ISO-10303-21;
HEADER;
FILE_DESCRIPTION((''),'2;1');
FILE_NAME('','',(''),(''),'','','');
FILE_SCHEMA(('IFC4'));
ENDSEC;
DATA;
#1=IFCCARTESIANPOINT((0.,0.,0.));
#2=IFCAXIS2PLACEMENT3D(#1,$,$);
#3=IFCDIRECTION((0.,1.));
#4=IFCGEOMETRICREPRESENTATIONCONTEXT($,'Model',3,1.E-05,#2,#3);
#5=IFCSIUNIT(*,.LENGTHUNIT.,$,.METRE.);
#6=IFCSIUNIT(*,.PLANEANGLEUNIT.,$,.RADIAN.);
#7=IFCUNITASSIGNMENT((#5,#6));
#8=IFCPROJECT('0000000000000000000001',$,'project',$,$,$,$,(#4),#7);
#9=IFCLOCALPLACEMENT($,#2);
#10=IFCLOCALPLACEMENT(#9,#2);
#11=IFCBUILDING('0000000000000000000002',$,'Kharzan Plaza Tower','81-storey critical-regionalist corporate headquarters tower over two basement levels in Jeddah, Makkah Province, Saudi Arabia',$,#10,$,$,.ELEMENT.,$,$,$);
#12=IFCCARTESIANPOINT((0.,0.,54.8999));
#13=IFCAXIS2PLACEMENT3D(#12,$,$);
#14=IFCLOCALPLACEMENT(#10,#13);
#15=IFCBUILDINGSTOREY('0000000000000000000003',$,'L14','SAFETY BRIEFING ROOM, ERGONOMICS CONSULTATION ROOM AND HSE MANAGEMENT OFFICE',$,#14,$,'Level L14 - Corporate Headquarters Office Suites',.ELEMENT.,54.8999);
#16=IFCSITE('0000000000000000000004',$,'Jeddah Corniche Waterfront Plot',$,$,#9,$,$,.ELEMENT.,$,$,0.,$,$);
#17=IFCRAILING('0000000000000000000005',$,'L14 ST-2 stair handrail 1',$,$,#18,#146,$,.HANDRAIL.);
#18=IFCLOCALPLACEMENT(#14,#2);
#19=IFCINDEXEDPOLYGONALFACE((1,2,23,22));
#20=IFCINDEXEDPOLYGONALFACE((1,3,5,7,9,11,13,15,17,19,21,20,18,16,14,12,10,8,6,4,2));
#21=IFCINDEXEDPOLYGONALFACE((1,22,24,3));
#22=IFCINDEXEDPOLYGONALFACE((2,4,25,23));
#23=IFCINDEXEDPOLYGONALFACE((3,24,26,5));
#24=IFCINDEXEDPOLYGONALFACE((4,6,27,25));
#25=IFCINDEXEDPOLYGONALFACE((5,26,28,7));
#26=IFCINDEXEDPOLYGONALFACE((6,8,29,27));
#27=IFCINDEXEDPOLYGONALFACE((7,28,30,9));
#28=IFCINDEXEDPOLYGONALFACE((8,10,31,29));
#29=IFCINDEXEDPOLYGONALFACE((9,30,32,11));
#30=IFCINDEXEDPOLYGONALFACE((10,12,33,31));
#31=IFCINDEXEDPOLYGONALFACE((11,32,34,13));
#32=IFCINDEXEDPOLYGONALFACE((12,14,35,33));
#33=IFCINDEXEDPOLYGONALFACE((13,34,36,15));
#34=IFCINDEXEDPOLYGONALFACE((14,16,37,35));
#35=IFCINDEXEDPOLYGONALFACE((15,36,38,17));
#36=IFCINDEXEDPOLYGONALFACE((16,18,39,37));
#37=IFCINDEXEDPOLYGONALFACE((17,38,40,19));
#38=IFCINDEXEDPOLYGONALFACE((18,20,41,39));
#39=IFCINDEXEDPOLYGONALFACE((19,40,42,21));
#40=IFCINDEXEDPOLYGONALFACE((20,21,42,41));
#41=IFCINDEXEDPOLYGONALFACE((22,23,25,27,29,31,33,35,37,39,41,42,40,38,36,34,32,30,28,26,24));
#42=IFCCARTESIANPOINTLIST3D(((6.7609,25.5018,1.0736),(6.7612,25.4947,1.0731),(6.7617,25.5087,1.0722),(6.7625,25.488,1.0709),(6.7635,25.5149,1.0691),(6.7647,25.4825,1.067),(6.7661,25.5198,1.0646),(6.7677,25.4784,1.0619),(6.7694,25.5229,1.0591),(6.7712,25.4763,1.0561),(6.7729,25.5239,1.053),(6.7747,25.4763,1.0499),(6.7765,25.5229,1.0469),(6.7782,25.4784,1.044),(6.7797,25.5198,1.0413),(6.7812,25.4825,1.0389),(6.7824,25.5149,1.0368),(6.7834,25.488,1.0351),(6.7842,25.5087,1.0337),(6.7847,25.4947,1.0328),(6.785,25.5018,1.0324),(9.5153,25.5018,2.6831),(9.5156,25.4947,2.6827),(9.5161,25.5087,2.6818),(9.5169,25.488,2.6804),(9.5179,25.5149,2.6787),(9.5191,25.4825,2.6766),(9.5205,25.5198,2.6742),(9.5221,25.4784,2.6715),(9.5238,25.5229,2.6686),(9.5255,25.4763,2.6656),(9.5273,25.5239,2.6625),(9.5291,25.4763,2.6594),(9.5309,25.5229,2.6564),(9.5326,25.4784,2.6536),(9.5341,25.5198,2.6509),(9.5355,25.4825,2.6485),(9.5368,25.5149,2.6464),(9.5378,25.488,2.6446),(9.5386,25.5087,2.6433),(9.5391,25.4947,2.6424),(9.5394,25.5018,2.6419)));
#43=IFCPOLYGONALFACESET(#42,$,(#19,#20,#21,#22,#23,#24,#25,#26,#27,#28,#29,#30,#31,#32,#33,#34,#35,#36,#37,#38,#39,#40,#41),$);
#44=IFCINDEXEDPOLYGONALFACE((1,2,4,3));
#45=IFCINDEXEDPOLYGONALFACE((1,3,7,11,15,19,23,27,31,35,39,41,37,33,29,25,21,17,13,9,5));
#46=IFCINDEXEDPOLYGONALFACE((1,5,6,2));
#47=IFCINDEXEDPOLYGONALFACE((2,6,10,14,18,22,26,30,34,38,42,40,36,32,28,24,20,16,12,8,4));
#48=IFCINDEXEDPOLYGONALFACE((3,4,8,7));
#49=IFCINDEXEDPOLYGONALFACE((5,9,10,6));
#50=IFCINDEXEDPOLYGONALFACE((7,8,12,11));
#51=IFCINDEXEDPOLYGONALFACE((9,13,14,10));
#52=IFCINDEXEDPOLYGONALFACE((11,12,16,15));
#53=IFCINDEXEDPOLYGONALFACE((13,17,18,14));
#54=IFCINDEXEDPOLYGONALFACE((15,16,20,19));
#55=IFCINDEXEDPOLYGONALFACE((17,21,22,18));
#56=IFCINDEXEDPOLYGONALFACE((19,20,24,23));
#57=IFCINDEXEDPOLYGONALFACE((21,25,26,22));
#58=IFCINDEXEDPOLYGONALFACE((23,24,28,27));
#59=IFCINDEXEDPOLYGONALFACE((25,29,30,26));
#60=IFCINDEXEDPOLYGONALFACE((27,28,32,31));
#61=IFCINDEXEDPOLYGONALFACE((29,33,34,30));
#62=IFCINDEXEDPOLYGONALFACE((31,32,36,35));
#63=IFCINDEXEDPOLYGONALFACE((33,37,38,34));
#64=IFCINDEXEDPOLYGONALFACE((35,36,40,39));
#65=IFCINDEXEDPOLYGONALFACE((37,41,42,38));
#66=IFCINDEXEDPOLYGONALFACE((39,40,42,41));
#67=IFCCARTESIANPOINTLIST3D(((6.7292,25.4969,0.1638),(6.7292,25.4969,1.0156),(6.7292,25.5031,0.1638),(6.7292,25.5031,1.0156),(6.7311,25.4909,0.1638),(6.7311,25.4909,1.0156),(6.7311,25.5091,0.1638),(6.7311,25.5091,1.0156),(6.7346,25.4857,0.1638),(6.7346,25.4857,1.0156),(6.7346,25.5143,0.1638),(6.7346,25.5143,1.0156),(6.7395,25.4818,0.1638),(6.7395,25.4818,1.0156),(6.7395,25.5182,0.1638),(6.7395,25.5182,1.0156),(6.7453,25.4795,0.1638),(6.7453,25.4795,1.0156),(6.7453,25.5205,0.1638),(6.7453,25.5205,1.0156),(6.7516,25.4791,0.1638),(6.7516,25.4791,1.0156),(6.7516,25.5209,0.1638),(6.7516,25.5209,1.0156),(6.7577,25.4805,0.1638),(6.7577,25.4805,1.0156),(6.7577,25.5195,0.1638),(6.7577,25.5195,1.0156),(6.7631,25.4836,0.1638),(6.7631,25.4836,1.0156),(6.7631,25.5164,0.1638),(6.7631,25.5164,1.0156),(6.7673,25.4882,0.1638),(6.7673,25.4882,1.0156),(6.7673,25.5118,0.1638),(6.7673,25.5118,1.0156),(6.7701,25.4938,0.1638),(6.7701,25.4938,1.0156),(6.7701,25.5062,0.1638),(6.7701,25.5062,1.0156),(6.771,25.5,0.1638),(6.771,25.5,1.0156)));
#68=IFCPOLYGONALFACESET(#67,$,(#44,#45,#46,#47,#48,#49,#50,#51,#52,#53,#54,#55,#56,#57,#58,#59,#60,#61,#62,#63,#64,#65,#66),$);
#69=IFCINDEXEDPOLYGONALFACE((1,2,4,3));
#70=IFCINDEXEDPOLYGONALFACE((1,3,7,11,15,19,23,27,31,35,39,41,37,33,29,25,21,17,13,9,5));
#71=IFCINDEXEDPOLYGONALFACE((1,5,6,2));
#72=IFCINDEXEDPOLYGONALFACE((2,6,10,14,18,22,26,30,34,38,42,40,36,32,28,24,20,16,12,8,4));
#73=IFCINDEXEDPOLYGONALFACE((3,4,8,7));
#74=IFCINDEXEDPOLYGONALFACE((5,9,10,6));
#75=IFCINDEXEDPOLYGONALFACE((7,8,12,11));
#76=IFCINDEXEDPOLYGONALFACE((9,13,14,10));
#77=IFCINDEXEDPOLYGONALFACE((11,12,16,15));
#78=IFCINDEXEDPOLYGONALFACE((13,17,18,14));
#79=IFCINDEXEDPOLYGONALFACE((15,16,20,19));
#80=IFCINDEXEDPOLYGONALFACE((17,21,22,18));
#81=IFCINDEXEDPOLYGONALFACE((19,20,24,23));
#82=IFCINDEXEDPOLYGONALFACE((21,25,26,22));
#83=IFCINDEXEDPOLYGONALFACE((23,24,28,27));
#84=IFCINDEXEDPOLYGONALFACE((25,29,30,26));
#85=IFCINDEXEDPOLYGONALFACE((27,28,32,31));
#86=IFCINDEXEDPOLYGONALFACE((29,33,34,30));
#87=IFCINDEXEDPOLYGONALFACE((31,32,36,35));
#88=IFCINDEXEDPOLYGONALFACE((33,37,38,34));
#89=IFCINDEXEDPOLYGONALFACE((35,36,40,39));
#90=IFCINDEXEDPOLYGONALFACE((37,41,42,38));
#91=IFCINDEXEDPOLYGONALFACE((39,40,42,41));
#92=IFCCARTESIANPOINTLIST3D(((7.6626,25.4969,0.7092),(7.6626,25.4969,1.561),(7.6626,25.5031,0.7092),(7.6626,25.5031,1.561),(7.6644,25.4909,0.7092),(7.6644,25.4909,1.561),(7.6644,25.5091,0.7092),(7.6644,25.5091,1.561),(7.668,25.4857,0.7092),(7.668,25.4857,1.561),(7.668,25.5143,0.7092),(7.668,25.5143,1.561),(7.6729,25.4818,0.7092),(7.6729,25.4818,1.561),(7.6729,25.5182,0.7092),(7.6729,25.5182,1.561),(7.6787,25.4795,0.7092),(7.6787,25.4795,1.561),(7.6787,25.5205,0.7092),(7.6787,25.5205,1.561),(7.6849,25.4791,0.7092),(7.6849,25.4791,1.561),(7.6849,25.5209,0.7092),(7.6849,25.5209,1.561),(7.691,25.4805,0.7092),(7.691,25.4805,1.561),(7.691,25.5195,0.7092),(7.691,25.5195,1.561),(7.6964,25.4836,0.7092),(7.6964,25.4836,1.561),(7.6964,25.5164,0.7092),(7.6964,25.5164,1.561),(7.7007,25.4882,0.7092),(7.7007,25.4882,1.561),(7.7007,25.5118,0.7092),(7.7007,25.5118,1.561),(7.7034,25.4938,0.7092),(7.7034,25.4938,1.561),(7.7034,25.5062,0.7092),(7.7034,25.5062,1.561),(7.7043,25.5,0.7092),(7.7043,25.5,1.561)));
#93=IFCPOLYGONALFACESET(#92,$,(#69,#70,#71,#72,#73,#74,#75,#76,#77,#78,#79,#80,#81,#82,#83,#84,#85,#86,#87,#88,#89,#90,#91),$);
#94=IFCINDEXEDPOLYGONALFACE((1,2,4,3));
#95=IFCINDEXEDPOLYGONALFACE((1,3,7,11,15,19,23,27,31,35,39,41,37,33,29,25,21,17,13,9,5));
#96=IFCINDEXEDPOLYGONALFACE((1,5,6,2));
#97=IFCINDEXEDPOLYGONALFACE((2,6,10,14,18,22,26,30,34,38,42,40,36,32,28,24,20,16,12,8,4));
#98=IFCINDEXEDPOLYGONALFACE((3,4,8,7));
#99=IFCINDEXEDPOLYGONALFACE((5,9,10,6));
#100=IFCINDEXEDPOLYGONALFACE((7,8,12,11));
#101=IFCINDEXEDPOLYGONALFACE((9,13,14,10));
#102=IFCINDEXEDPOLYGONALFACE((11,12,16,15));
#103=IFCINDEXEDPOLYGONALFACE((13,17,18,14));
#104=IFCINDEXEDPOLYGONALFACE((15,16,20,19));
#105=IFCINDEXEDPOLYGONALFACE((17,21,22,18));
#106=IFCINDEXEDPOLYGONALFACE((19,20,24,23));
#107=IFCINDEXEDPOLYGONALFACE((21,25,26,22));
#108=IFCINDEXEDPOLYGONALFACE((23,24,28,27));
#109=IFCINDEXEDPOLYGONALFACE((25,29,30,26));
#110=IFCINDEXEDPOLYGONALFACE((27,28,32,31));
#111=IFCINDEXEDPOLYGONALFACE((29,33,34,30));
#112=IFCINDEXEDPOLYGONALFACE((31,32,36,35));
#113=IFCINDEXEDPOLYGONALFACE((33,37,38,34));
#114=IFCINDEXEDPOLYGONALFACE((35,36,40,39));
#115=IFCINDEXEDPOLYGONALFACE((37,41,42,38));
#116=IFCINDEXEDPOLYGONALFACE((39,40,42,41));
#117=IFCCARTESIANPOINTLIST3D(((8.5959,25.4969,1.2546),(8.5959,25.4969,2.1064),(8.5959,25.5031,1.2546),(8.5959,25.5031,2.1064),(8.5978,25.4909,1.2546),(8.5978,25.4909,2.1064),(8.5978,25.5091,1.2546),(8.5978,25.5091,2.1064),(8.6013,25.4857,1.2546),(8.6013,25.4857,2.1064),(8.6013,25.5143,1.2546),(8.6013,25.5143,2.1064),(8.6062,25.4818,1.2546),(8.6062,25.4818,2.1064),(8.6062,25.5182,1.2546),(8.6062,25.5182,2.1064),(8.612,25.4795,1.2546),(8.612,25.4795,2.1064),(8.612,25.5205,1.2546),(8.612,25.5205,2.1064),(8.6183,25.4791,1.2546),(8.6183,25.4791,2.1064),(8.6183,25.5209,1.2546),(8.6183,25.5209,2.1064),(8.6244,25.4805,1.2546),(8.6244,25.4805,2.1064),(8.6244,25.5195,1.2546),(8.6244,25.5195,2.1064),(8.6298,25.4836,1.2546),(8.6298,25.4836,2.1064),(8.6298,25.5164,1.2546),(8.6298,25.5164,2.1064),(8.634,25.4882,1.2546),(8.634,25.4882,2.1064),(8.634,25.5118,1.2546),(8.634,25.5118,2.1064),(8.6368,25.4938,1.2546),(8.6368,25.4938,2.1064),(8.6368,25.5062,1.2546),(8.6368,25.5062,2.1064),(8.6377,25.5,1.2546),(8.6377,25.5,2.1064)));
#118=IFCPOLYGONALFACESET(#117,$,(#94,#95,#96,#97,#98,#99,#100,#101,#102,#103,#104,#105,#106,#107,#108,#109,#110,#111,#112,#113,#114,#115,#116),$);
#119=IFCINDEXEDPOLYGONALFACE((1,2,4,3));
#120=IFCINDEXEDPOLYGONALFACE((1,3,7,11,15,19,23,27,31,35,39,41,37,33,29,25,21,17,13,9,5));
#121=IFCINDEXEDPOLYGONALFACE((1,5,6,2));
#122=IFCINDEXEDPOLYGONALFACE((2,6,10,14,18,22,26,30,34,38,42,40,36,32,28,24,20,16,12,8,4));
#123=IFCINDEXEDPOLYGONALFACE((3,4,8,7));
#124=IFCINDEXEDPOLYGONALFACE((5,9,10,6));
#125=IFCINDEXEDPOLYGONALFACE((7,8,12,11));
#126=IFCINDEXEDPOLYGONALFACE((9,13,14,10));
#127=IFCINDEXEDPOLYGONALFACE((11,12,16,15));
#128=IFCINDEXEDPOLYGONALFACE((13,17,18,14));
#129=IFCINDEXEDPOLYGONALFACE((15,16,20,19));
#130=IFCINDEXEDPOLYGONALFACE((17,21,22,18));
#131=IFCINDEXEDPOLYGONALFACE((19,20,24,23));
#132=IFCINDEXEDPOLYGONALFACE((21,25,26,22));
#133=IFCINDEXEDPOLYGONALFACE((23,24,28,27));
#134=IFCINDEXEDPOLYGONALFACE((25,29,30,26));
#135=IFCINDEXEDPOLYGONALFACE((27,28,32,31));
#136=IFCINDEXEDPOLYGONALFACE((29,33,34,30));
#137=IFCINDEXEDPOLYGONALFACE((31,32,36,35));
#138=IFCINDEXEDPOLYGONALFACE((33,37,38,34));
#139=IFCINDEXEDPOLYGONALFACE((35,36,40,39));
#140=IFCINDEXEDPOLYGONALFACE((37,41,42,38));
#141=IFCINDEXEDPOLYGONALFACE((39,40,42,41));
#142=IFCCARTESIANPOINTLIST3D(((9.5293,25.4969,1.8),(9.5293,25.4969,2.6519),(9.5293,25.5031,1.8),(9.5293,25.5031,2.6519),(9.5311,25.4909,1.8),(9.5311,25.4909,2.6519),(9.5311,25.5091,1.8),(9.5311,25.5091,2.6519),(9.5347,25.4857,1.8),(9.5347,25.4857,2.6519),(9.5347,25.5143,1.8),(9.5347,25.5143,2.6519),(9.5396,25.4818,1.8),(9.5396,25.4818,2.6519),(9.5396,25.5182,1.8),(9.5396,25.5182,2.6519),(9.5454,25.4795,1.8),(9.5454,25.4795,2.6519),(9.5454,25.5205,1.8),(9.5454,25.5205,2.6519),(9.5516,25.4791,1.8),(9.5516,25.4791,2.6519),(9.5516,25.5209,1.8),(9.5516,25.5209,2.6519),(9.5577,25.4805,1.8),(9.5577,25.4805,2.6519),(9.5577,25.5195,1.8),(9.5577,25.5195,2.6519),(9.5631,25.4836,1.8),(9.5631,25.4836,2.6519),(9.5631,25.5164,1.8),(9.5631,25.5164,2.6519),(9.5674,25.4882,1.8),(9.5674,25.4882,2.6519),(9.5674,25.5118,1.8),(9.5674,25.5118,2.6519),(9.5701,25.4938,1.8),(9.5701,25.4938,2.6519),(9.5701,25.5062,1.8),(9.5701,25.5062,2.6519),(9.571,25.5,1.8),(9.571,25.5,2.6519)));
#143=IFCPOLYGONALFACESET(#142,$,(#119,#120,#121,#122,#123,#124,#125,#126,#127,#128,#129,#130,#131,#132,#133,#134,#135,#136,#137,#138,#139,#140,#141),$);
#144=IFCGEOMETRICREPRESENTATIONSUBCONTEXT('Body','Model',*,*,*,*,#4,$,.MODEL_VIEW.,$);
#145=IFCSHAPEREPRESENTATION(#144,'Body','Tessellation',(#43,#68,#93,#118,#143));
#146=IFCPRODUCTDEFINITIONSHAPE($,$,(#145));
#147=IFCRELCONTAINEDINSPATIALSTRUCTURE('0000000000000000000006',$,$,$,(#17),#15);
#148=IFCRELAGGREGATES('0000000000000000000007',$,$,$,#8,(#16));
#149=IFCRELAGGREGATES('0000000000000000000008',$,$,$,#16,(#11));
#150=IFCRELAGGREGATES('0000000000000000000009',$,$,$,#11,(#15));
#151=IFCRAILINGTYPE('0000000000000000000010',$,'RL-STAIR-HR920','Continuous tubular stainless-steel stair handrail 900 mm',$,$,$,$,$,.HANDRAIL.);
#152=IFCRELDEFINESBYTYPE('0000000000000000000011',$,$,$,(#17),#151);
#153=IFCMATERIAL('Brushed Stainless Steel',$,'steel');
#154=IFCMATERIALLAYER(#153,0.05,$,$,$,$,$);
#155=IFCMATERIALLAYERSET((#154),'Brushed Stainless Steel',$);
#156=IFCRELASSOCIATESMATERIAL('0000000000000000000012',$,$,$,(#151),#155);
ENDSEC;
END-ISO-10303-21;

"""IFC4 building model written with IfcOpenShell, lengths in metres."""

from ifc_helpers import new_model, si_unit, direction, frame, origin, origin_2d, place, context, subcontext, project, spatial, circle, extrude, source, transform, mapped, material, layer, layer_set, type_object, element, save


model = new_model("IFC4")

# Units and contexts
model_context = context("Model", 3, precision=1e-05, world=origin(), true_north=direction((0.0, 1.0)))
body_context = subcontext(model_context, "Body", "Model", "MODEL_VIEW")
ifc_project = project(units=[si_unit("LENGTHUNIT", "METRE"), si_unit("PLANEANGLEUNIT", "RADIAN")], contexts=[model_context])

# Site, building, storey
site_placement = place(None, origin())
site = spatial("IfcSite", under=ifc_project, at=site_placement, Name="Jeddah Corniche Waterfront Plot", CompositionType="ELEMENT", RefElevation=0.0)
building_placement = place(site_placement, origin())
building = spatial("IfcBuilding", under=site, at=building_placement, Name="Kharzan Plaza Tower", Description="81-storey critical-regionalist corporate headquarters tower over two basement levels in Jeddah, Makkah Province, Saudi Arabia", CompositionType="ELEMENT")
storey_placement = place(building_placement, frame((0.0, 0.0, 54.8999)))
storey = spatial("IfcBuildingStorey", under=building, at=storey_placement, Name="L14", Description="SAFETY BRIEFING ROOM, ERGONOMICS CONSULTATION ROOM AND HSE MANAGEMENT OFFICE", LongName="Level L14 - Corporate Headquarters Office Suites", CompositionType="ELEMENT", Elevation=54.8999)

# Shared definitions
ifc_material_1 = material(Name="Brushed Stainless Steel", Category="steel")

# Railing
ifc_layer_1 = layer(ifc_material_1, 0.05)
ifc_layer_set_1 = layer_set([ifc_layer_1], Name="Brushed Stainless Steel")
railing_type_1 = type_object("IfcRailingType", Name="RL-STAIR-HR920", Description="Continuous tubular stainless-steel stair handrail 900 mm", PredefinedType="HANDRAIL", material=ifc_layer_set_1)
shared_shape_1 = source(origin(), body_context, "Body", "SweptSolid", [
    extrude(circle(Radius=0.0239, at=origin_2d()), frame((0.0229, 0.0, 0.8892), z_axis=(0.863394, 0.0, 0.504531), x_axis=(0.0, 1.0, 0.0)), (0.0, 0.0, 1.0), 3.1902),
    extrude(circle(Radius=0.021, at=origin_2d()), origin(), (0.0, 0.0, 1.0), 0.8518),
    extrude(circle(Radius=0.021, at=origin_2d()), frame((0.9333, 0.0, 0.5454)), (0.0, 0.0, 1.0), 0.8518),
    extrude(circle(Radius=0.021, at=origin_2d()), frame((1.8667, 0.0, 1.0908)), (0.0, 0.0, 1.0), 0.8518),
    extrude(circle(Radius=0.021, at=origin_2d()), frame((2.8, 0.0, 1.6362)), (0.0, 0.0, 1.0), 0.8518),
])
railing_1_placement = place(storey_placement, frame((6.75, 25.5, 0.1638)))
element("IfcRailing", 1, at=railing_1_placement, inside=storey, type_object=railing_type_1, Name="L14 ST-2 stair handrail 1", PredefinedType="HANDRAIL", context=body_context, shape_type="MappedRepresentation", body=[
    mapped(shared_shape_1, transform((0.0, 0.0, 0.0), x_axis=(1.0, 0.0, 0.0), y_axis=(0.0, 1.0, 0.0), z_axis=(0.0, 0.0, 1.0))),
])

save(model, "model.ifc")
